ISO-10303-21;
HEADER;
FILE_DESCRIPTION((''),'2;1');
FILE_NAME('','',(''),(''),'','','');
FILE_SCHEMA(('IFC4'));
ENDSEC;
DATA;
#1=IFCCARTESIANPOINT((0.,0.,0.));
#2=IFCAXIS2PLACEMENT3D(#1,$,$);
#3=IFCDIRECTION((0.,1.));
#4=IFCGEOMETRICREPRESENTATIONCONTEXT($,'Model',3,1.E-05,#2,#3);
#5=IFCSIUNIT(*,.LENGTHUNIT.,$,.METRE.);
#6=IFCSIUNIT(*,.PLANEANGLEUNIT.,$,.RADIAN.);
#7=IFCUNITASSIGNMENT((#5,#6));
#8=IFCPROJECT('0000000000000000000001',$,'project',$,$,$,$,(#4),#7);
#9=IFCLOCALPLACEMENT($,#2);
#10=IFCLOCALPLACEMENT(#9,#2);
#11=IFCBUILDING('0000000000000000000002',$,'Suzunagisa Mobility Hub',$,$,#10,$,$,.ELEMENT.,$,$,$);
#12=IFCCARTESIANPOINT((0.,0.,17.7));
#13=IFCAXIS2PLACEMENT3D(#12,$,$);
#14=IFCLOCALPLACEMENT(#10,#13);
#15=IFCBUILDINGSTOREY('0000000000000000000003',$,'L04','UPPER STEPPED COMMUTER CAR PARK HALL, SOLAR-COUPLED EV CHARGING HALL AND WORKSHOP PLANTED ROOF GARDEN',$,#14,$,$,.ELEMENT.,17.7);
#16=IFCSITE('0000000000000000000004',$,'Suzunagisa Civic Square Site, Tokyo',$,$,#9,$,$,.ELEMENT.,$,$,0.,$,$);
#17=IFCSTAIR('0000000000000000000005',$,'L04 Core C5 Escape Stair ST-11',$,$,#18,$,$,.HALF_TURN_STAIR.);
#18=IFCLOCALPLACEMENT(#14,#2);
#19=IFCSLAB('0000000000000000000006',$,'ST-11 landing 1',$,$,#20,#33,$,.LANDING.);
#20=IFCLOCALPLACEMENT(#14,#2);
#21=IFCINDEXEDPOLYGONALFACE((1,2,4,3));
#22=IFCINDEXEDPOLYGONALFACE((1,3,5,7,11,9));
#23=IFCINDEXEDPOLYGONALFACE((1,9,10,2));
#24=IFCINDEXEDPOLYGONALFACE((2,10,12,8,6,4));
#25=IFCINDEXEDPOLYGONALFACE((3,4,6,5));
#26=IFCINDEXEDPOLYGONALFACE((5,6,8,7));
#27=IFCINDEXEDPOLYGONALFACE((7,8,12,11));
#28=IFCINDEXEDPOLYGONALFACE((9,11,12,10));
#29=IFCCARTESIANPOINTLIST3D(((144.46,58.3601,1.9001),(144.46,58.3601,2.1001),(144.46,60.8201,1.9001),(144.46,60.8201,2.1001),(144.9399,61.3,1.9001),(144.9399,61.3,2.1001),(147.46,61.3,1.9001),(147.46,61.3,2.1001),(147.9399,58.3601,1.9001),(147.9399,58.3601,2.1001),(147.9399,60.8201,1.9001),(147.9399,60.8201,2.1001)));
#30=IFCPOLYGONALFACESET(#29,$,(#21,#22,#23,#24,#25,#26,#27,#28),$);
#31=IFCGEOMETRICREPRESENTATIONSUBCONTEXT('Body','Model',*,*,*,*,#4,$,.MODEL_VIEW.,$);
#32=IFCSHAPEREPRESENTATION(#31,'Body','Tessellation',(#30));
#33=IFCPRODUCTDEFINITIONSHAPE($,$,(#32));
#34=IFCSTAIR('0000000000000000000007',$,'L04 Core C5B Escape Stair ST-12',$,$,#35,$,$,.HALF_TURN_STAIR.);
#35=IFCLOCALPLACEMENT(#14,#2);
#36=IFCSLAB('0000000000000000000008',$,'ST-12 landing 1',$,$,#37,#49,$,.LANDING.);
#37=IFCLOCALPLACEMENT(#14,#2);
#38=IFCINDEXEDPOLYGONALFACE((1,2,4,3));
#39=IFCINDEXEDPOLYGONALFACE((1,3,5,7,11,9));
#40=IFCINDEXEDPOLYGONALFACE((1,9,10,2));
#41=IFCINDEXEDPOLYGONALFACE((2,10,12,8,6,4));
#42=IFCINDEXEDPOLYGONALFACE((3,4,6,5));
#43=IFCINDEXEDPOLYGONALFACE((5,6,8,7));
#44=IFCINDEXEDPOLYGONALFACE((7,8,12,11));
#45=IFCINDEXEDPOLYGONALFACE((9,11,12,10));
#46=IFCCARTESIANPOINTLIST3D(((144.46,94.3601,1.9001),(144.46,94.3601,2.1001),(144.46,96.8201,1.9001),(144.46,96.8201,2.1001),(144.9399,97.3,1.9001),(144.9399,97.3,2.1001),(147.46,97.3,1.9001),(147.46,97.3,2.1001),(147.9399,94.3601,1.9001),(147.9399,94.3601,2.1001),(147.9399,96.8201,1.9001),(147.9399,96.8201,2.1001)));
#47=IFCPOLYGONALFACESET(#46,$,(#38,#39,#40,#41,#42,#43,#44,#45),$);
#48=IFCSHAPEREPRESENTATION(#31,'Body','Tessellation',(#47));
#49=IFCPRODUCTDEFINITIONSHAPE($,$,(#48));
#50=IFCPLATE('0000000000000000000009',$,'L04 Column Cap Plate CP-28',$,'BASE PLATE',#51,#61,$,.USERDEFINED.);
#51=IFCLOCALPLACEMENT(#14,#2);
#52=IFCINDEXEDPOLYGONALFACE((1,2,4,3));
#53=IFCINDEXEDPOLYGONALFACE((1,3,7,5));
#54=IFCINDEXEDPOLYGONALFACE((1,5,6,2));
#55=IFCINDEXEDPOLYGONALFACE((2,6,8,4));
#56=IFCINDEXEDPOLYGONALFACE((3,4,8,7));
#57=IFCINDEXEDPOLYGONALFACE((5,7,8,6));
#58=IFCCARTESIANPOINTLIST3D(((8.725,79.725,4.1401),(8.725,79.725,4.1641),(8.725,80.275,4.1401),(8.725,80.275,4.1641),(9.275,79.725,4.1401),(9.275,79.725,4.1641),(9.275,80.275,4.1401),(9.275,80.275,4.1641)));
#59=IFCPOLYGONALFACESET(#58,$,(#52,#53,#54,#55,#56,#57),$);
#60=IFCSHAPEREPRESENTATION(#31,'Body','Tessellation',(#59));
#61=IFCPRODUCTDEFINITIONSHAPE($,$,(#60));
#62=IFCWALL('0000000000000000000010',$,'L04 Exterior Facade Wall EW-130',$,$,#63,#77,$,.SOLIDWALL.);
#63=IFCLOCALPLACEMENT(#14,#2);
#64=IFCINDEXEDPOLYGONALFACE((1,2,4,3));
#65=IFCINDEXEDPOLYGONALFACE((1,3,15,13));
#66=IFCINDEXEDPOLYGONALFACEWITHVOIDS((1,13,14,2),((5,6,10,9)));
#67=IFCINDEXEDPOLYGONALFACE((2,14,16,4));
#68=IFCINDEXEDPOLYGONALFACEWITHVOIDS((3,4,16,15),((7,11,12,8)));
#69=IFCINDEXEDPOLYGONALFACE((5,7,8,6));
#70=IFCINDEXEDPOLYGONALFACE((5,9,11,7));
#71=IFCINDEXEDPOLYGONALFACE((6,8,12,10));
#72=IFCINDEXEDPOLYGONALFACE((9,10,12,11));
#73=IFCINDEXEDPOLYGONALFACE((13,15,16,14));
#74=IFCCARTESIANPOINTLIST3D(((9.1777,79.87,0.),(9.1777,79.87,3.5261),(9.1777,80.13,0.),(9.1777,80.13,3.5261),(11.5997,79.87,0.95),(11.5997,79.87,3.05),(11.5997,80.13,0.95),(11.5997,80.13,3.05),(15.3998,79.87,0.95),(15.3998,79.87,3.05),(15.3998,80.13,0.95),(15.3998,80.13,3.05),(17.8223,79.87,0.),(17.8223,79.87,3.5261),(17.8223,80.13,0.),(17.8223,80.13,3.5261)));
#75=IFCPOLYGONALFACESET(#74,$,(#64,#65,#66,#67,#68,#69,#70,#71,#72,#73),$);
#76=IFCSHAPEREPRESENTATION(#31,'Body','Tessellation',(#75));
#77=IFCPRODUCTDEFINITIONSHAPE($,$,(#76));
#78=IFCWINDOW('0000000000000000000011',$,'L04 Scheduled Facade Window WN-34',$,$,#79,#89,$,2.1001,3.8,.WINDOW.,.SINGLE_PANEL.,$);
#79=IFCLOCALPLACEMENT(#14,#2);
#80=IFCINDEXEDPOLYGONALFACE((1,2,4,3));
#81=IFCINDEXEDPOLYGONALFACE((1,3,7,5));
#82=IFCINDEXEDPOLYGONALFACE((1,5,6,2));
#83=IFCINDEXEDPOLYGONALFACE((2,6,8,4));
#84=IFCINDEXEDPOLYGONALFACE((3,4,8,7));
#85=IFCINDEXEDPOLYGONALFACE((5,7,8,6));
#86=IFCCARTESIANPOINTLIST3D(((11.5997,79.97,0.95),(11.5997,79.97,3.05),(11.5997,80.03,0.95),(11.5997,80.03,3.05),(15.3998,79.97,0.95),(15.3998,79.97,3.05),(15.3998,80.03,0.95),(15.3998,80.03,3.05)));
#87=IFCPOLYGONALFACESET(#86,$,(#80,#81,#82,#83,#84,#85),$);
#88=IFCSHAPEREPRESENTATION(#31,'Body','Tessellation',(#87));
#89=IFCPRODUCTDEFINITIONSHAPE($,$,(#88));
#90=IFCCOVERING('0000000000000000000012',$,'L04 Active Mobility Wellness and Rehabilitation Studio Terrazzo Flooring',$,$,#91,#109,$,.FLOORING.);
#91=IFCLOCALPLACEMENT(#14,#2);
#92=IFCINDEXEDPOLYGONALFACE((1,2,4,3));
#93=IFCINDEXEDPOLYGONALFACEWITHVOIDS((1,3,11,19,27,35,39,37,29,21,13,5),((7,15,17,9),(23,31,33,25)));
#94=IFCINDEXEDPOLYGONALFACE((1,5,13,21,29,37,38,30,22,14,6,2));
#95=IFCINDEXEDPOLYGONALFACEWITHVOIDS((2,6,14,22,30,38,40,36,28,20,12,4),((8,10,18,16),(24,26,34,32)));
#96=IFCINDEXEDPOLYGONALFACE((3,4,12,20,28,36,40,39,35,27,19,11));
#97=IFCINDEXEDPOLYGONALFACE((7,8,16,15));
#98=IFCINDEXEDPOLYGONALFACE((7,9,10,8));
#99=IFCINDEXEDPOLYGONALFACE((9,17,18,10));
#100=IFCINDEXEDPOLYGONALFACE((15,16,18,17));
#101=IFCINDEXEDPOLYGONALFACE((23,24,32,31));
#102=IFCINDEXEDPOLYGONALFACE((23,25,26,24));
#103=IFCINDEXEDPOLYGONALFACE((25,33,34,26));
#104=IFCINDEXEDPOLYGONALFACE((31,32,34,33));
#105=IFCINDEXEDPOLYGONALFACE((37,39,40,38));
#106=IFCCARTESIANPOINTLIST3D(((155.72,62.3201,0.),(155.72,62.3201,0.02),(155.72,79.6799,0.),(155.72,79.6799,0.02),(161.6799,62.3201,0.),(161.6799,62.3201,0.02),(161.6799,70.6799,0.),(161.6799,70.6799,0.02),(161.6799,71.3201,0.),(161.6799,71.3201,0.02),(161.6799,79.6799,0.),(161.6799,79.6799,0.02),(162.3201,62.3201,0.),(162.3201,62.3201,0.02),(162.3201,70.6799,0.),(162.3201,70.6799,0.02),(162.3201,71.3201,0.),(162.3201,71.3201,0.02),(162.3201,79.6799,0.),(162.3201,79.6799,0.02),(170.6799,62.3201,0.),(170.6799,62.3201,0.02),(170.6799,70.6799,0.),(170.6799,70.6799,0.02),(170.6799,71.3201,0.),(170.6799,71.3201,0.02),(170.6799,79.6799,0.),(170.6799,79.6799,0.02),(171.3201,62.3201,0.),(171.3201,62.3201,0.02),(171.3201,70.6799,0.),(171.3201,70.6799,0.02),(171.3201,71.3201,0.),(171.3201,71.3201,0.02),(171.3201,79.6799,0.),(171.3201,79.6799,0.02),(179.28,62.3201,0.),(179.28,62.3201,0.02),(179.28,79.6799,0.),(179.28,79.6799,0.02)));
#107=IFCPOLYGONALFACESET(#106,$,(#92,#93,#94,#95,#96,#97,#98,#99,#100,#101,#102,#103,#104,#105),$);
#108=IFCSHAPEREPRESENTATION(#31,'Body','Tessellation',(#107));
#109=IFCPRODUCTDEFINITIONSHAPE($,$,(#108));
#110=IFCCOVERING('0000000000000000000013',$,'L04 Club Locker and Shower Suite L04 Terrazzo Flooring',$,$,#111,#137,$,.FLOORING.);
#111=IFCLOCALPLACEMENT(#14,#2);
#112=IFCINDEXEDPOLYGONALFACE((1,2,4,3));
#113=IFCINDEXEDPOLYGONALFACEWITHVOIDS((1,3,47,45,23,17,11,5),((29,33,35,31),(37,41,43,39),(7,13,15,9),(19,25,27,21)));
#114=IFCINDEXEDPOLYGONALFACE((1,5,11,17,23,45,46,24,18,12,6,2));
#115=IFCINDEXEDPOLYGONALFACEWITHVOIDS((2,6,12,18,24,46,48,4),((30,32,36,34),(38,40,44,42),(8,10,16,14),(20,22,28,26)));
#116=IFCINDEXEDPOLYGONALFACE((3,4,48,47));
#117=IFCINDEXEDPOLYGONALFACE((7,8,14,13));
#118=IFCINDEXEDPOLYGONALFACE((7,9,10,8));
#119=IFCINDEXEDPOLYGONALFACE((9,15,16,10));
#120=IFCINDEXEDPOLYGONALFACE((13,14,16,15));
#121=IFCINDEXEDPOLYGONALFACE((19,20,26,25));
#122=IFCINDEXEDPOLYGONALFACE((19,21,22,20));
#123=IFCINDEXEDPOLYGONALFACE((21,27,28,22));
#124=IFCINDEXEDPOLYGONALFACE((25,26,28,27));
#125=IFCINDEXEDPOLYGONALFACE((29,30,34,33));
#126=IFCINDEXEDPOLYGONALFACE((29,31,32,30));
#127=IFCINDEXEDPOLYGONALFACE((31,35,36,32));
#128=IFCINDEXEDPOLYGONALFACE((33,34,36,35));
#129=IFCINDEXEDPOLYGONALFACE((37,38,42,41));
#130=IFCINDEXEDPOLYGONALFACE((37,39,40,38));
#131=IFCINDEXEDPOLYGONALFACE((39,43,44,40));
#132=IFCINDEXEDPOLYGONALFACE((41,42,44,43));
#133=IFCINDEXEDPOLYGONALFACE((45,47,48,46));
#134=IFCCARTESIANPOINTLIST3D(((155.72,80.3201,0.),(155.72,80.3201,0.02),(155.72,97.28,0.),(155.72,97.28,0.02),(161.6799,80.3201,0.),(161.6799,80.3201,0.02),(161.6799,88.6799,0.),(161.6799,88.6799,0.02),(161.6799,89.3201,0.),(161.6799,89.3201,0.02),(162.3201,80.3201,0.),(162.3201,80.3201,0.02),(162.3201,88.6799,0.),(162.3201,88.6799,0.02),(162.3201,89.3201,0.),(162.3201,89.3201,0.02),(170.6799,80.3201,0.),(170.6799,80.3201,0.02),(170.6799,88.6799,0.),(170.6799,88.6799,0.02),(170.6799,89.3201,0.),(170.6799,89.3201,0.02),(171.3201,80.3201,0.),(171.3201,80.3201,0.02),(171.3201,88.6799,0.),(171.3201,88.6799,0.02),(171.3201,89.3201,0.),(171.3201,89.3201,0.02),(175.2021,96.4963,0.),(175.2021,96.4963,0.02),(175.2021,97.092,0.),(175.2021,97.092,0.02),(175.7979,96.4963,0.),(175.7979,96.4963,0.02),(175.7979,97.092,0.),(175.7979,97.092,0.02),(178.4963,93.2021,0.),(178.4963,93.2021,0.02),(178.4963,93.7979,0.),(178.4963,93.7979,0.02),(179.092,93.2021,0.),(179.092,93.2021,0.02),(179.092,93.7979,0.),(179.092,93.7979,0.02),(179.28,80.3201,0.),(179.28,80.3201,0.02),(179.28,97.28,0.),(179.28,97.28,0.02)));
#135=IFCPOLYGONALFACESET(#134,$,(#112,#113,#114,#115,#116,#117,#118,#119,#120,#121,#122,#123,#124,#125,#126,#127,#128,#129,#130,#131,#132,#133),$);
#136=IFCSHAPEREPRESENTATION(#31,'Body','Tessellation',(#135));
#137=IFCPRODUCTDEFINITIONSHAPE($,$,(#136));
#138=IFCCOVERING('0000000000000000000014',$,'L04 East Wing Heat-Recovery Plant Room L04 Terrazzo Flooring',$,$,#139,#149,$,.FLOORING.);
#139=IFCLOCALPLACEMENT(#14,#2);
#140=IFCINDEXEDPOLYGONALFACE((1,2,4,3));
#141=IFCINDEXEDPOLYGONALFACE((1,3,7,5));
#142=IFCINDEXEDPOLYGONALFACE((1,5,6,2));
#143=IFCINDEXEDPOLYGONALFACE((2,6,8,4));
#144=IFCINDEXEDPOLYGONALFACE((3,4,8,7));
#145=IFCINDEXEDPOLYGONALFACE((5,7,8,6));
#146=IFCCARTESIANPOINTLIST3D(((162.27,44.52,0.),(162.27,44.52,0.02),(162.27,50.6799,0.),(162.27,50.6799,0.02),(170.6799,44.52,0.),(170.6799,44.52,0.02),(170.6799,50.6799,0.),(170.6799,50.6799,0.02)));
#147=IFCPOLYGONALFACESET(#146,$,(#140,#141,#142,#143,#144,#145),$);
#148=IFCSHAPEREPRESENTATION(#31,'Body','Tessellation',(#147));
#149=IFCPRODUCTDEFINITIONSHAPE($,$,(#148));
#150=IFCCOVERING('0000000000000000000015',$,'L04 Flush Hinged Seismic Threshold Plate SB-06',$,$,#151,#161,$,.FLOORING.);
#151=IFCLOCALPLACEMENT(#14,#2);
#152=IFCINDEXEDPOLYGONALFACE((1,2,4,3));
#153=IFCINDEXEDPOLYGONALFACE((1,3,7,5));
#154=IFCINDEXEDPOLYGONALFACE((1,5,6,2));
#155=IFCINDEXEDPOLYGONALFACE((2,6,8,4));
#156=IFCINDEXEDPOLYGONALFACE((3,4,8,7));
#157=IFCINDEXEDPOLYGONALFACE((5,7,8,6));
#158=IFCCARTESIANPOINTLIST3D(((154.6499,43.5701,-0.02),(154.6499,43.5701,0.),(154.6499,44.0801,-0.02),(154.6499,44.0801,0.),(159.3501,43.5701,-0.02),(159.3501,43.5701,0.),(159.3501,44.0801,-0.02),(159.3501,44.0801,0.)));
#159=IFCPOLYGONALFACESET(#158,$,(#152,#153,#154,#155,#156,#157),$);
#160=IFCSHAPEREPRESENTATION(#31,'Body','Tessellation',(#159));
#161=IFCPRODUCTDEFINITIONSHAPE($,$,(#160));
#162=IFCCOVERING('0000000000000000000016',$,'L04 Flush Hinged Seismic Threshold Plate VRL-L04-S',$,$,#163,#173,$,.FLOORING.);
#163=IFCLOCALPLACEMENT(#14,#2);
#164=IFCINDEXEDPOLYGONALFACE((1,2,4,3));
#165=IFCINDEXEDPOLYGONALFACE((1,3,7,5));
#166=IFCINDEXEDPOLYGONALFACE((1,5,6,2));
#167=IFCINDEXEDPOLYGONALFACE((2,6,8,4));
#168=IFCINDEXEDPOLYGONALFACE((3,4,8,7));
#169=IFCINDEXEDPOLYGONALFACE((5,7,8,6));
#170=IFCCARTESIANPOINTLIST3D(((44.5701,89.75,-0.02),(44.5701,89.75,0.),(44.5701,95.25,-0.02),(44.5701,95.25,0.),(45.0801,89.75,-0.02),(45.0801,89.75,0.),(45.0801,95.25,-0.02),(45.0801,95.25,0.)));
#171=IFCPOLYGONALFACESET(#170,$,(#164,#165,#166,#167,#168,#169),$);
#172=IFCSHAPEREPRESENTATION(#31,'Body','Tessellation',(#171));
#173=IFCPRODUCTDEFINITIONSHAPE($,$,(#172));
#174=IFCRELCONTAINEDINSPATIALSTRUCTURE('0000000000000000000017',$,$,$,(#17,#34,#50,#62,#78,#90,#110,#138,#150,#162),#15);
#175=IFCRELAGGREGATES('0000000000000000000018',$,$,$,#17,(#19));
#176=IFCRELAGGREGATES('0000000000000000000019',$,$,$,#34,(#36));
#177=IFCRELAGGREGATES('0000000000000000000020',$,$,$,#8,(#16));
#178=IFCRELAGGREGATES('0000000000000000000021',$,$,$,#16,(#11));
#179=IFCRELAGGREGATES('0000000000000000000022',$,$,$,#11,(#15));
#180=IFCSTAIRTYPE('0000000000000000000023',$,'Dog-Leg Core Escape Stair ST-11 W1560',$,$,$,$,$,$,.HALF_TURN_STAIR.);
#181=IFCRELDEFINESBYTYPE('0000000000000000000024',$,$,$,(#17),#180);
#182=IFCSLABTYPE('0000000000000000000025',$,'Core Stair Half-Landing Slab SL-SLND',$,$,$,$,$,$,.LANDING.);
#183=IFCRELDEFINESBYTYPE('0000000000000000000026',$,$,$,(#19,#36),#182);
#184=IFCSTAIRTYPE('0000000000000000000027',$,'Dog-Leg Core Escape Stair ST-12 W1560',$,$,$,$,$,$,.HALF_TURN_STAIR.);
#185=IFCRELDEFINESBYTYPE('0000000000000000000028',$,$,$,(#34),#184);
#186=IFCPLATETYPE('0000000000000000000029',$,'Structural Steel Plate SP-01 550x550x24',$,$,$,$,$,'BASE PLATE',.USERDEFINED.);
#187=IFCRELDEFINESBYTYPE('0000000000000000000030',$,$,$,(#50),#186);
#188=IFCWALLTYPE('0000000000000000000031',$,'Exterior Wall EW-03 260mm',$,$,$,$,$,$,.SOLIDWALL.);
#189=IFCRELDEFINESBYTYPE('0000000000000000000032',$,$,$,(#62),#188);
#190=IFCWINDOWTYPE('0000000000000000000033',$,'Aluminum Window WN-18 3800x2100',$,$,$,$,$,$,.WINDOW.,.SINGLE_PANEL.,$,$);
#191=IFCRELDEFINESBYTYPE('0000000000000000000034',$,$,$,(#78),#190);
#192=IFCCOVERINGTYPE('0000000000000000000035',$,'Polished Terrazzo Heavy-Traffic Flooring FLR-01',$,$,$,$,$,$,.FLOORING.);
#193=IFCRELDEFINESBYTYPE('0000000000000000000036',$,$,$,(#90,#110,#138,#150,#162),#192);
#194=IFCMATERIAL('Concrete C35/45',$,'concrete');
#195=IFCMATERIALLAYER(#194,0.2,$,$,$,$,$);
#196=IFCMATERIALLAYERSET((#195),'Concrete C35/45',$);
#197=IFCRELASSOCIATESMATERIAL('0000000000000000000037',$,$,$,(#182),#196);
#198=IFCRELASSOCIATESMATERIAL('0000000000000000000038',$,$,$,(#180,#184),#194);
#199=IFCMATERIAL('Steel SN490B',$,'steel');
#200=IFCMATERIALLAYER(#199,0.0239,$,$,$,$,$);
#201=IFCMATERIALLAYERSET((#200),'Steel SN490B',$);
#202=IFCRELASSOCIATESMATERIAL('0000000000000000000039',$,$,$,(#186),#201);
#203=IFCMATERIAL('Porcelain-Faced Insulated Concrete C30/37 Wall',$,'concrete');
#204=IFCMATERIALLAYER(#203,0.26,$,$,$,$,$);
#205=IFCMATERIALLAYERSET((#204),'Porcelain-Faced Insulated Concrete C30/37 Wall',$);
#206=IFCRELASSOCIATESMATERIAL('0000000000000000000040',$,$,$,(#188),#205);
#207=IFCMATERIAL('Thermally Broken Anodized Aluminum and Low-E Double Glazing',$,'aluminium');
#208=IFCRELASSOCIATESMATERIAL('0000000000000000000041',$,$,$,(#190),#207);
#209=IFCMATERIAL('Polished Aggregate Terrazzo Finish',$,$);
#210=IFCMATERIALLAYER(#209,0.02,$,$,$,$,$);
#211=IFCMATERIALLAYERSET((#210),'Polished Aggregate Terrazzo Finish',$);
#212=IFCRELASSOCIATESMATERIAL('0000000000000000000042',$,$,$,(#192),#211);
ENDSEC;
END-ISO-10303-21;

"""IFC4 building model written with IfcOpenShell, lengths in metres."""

from ifc_helpers import new_model, si_unit, direction, frame, frame_2d, origin, origin_2d, place, context, subcontext, project, spatial, polyline, rectangle, outline, extrude, material, layer, layer_set, type_object, element, fill, aggregate, save


model = new_model("IFC4")

# Units and contexts
model_context = context("Model", 3, precision=1e-05, world=origin(), true_north=direction((0.0, 1.0)))
body_context = subcontext(model_context, "Body", "Model", "MODEL_VIEW")
ifc_project = project(units=[si_unit("LENGTHUNIT", "METRE"), si_unit("PLANEANGLEUNIT", "RADIAN")], contexts=[model_context])

# Site, building, storey
site_placement = place(None, origin())
site = spatial("IfcSite", under=ifc_project, at=site_placement, Name="Suzunagisa Civic Square Site, Tokyo", CompositionType="ELEMENT", RefElevation=0.0)
building_placement = place(site_placement, origin())
building = spatial("IfcBuilding", under=site, at=building_placement, Name="Suzunagisa Mobility Hub", CompositionType="ELEMENT")
storey_placement = place(building_placement, frame((0.0, 0.0, 17.7)))
storey = spatial("IfcBuildingStorey", under=building, at=storey_placement, Name="L04", Description="UPPER STEPPED COMMUTER CAR PARK HALL, SOLAR-COUPLED EV CHARGING HALL AND WORKSHOP PLANTED ROOF GARDEN", CompositionType="ELEMENT", Elevation=17.7)

# Shared definitions
ifc_material_1 = material(Name="Steel SN490B", Category="steel")

# Shared definitions
ifc_material_2 = material(Name="Concrete C35/45", Category="concrete")

# Stairs, slabs
ifc_layer_1 = layer(ifc_material_2, 0.2)
ifc_layer_set_1 = layer_set([ifc_layer_1], Name="Concrete C35/45")
slab_type_1 = type_object("IfcSlabType", Name="Core Stair Half-Landing Slab SL-SLND", PredefinedType="LANDING", material=ifc_layer_set_1)
stair_type_1 = type_object("IfcStairType", Name="Dog-Leg Core Escape Stair ST-11 W1560", PredefinedType="HALF_TURN_STAIR", material=ifc_material_2)
stair_1_placement = place(storey_placement, origin())
stair_1 = element("IfcStair", 1, at=stair_1_placement, inside=storey, type_object=stair_type_1, Name="L04 Core C5 Escape Stair ST-11", PredefinedType="HALF_TURN_STAIR")
slab_1_placement = place(storey_placement, frame((0.0, 0.0, 1.9001)))
slab_1 = element("IfcSlab", 2, at=slab_1_placement, type_object=slab_type_1, Name="ST-11 landing 1", PredefinedType="LANDING", context=body_context, shape_type="SweptSolid", body=[
    extrude(outline(polyline([(144.46, 58.3601), (147.9399, 58.3601), (147.9399, 60.8201), (147.46, 61.3), (144.9399, 61.3), (144.46, 60.8201), (144.46, 58.3601)])), origin(), (0.0, 0.0, 1.0), 0.2),
])
aggregate(stair_1, [slab_1])
stair_type_2 = type_object("IfcStairType", Name="Dog-Leg Core Escape Stair ST-12 W1560", PredefinedType="HALF_TURN_STAIR", material=ifc_material_2)
stair_2_placement = place(storey_placement, origin())
stair_2 = element("IfcStair", 3, at=stair_2_placement, inside=storey, type_object=stair_type_2, Name="L04 Core C5B Escape Stair ST-12", PredefinedType="HALF_TURN_STAIR")
slab_2_placement = place(storey_placement, frame((0.0, 0.0, 1.9001)))
slab_2 = element("IfcSlab", 4, at=slab_2_placement, type_object=slab_type_1, Name="ST-12 landing 1", PredefinedType="LANDING", context=body_context, shape_type="SweptSolid", body=[
    extrude(outline(polyline([(144.46, 94.3601), (147.9399, 94.3601), (147.9399, 96.8201), (147.46, 97.3), (144.9399, 97.3), (144.46, 96.8201), (144.46, 94.3601)])), origin(), (0.0, 0.0, 1.0), 0.2),
])
aggregate(stair_2, [slab_2])

# Plate
ifc_layer_2 = layer(ifc_material_1, 0.0239)
ifc_layer_set_2 = layer_set([ifc_layer_2], Name="Steel SN490B")
plate_type = type_object("IfcPlateType", Name="Structural Steel Plate SP-01 550x550x24", ElementType="BASE PLATE", PredefinedType="USERDEFINED", material=ifc_layer_set_2)
plate_placement = place(storey_placement, frame((9.0, 80.0, 4.1401), z_axis=(0.0, 0.0, 1.0), x_axis=(1.0, 0.0, 0.0)))
element("IfcPlate", 5, at=plate_placement, inside=storey, type_object=plate_type, Name="L04 Column Cap Plate CP-28", ObjectType="BASE PLATE", PredefinedType="USERDEFINED", context=body_context, shape_type="SweptSolid", body=[
    extrude(rectangle(XDim=0.55, YDim=0.55, at=origin_2d()), origin(), (0.0, 0.0, 1.0), 0.0239),
])

# Wall, opening, window
ifc_material_3 = material(Name="Porcelain-Faced Insulated Concrete C30/37 Wall", Category="concrete")
ifc_layer_3 = layer(ifc_material_3, 0.26)
ifc_layer_set_3 = layer_set([ifc_layer_3], Name="Porcelain-Faced Insulated Concrete C30/37 Wall")
wall_type = type_object("IfcWallType", Name="Exterior Wall EW-03 260mm", PredefinedType="SOLIDWALL", material=ifc_layer_set_3)
wall_placement = place(storey_placement, frame((9.1777, 80.0, 0.0), z_axis=(0.0, 0.0, 1.0), x_axis=(1.0, 0.0, 0.0)))
wall = element("IfcWall", 6, at=wall_placement, inside=storey, type_object=wall_type, Name="L04 Exterior Facade Wall EW-130", PredefinedType="SOLIDWALL", context=body_context, shape_type="SweptSolid", body=[
    extrude(rectangle(XDim=8.6445, YDim=0.26, at=frame_2d((4.3223, 0.0))), origin(), (0.0, 0.0, 1.0), 3.5261),
])
opening_placement = place(wall_placement, frame((2.4221, 0.0, 0.95)))
opening = element("IfcOpeningElement", 7, at=opening_placement, cuts=wall, PredefinedType="OPENING", context=body_context, shape_type="SweptSolid", body=[
    extrude(rectangle(XDim=3.8, YDim=2.1001, at=frame_2d((1.8999, 1.05))), frame((0.0, 0.1411, 0.0), z_axis=(0.0, -1.0, 0.0), x_axis=(1.0, 0.0, 0.0)), (0.0, 0.0, 1.0), 0.282),
])
ifc_material_4 = material(Name="Thermally Broken Anodized Aluminum and Low-E Double Glazing", Category="aluminium")
window_type = type_object("IfcWindowType", Name="Aluminum Window WN-18 3800x2100", PartitioningType="SINGLE_PANEL", PredefinedType="WINDOW", material=ifc_material_4)
window_placement = place(opening_placement, origin())
window = element("IfcWindow", 8, at=window_placement, inside=storey, type_object=window_type, Name="L04 Scheduled Facade Window WN-34", OverallHeight=2.1001, OverallWidth=3.8, PartitioningType="SINGLE_PANEL", PredefinedType="WINDOW", context=body_context, shape_type="SweptSolid", body=[
    extrude(rectangle(XDim=3.8, YDim=2.1001, at=frame_2d((1.8999, 1.05))), frame((0.0, 0.03, 0.0), z_axis=(0.0, -1.0, 0.0), x_axis=(1.0, 0.0, 0.0)), (0.0, 0.0, 1.0), 0.0601),
])
fill(opening, window)

# Coverings
ifc_material_5 = material(Name="Polished Aggregate Terrazzo Finish")
ifc_layer_4 = layer(ifc_material_5, 0.02)
ifc_layer_set_4 = layer_set([ifc_layer_4], Name="Polished Aggregate Terrazzo Finish")
covering_type_1 = type_object("IfcCoveringType", Name="Polished Terrazzo Heavy-Traffic Flooring FLR-01", PredefinedType="FLOORING", material=ifc_layer_set_4)
covering_1_placement = place(storey_placement, origin())
element("IfcCovering", 9, at=covering_1_placement, inside=storey, type_object=covering_type_1, Name="L04 Active Mobility Wellness and Rehabilitation Studio Terrazzo Flooring", PredefinedType="FLOORING", context=body_context, shape_type="SweptSolid", body=[
    extrude(outline(polyline([(155.72, 79.6799), (161.6799, 79.6799), (162.3201, 79.6799), (170.6799, 79.6799), (171.3201, 79.6799), (179.28, 79.6799), (179.28, 62.3201), (171.3201, 62.3201), (170.6799, 62.3201), (162.3201, 62.3201), (161.6799, 62.3201), (155.72, 62.3201), (155.72, 79.6799)]), holes=[polyline([(162.3201, 70.6799), (162.3201, 71.3201), (161.6799, 71.3201), (161.6799, 70.6799), (162.3201, 70.6799)]), polyline([(171.3201, 71.3201), (170.6799, 71.3201), (170.6799, 70.6799), (171.3201, 70.6799), (171.3201, 71.3201)])]), origin(), (0.0, 0.0, 1.0), 0.02),
])
covering_2_placement = place(storey_placement, origin())
element("IfcCovering", 10, at=covering_2_placement, inside=storey, type_object=covering_type_1, Name="L04 Club Locker and Shower Suite L04 Terrazzo Flooring", PredefinedType="FLOORING", context=body_context, shape_type="SweptSolid", body=[
    extrude(outline(polyline([(161.6799, 80.3201), (155.72, 80.3201), (155.72, 97.28), (179.28, 97.28), (179.28, 80.3201), (171.3201, 80.3201), (170.6799, 80.3201), (162.3201, 80.3201), (161.6799, 80.3201)]), holes=[polyline([(162.3201, 88.6799), (162.3201, 89.3201), (161.6799, 89.3201), (161.6799, 88.6799), (162.3201, 88.6799)]), polyline([(170.6799, 89.3201), (170.6799, 88.6799), (171.3201, 88.6799), (171.3201, 89.3201), (170.6799, 89.3201)]), polyline([(175.7979, 97.092), (175.2021, 97.092), (175.2021, 96.4963), (175.7979, 96.4963), (175.7979, 97.092)]), polyline([(179.092, 93.2021), (179.092, 93.7979), (178.4963, 93.7979), (178.4963, 93.2021), (179.092, 93.2021)])]), origin(), (0.0, 0.0, 1.0), 0.02),
])
covering_3_placement = place(storey_placement, origin())
element("IfcCovering", 11, at=covering_3_placement, inside=storey, type_object=covering_type_1, Name="L04 East Wing Heat-Recovery Plant Room L04 Terrazzo Flooring", PredefinedType="FLOORING", context=body_context, shape_type="SweptSolid", body=[
    extrude(outline(polyline([(170.6799, 50.6799), (170.6799, 44.52), (162.27, 44.52), (162.27, 50.6799), (170.6799, 50.6799)])), origin(), (0.0, 0.0, 1.0), 0.02),
])
covering_4_placement = place(storey_placement, frame((0.0, 0.0, -0.02)))
element("IfcCovering", 12, at=covering_4_placement, inside=storey, type_object=covering_type_1, Name="L04 Flush Hinged Seismic Threshold Plate SB-06", PredefinedType="FLOORING", context=body_context, shape_type="SweptSolid", body=[
    extrude(outline(polyline([(154.6499, 43.5701), (159.3501, 43.5701), (159.3501, 44.0801), (154.6499, 44.0801), (154.6499, 43.5701)])), origin(), (0.0, 0.0, 1.0), 0.02),
])
covering_5_placement = place(storey_placement, frame((0.0, 0.0, -0.02)))
element("IfcCovering", 13, at=covering_5_placement, inside=storey, type_object=covering_type_1, Name="L04 Flush Hinged Seismic Threshold Plate VRL-L04-S", PredefinedType="FLOORING", context=body_context, shape_type="SweptSolid", body=[
    extrude(outline(polyline([(44.5701, 89.75), (45.0801, 89.75), (45.0801, 95.25), (44.5701, 95.25), (44.5701, 89.75)])), origin(), (0.0, 0.0, 1.0), 0.02),
])

save(model, "model.ifc")
